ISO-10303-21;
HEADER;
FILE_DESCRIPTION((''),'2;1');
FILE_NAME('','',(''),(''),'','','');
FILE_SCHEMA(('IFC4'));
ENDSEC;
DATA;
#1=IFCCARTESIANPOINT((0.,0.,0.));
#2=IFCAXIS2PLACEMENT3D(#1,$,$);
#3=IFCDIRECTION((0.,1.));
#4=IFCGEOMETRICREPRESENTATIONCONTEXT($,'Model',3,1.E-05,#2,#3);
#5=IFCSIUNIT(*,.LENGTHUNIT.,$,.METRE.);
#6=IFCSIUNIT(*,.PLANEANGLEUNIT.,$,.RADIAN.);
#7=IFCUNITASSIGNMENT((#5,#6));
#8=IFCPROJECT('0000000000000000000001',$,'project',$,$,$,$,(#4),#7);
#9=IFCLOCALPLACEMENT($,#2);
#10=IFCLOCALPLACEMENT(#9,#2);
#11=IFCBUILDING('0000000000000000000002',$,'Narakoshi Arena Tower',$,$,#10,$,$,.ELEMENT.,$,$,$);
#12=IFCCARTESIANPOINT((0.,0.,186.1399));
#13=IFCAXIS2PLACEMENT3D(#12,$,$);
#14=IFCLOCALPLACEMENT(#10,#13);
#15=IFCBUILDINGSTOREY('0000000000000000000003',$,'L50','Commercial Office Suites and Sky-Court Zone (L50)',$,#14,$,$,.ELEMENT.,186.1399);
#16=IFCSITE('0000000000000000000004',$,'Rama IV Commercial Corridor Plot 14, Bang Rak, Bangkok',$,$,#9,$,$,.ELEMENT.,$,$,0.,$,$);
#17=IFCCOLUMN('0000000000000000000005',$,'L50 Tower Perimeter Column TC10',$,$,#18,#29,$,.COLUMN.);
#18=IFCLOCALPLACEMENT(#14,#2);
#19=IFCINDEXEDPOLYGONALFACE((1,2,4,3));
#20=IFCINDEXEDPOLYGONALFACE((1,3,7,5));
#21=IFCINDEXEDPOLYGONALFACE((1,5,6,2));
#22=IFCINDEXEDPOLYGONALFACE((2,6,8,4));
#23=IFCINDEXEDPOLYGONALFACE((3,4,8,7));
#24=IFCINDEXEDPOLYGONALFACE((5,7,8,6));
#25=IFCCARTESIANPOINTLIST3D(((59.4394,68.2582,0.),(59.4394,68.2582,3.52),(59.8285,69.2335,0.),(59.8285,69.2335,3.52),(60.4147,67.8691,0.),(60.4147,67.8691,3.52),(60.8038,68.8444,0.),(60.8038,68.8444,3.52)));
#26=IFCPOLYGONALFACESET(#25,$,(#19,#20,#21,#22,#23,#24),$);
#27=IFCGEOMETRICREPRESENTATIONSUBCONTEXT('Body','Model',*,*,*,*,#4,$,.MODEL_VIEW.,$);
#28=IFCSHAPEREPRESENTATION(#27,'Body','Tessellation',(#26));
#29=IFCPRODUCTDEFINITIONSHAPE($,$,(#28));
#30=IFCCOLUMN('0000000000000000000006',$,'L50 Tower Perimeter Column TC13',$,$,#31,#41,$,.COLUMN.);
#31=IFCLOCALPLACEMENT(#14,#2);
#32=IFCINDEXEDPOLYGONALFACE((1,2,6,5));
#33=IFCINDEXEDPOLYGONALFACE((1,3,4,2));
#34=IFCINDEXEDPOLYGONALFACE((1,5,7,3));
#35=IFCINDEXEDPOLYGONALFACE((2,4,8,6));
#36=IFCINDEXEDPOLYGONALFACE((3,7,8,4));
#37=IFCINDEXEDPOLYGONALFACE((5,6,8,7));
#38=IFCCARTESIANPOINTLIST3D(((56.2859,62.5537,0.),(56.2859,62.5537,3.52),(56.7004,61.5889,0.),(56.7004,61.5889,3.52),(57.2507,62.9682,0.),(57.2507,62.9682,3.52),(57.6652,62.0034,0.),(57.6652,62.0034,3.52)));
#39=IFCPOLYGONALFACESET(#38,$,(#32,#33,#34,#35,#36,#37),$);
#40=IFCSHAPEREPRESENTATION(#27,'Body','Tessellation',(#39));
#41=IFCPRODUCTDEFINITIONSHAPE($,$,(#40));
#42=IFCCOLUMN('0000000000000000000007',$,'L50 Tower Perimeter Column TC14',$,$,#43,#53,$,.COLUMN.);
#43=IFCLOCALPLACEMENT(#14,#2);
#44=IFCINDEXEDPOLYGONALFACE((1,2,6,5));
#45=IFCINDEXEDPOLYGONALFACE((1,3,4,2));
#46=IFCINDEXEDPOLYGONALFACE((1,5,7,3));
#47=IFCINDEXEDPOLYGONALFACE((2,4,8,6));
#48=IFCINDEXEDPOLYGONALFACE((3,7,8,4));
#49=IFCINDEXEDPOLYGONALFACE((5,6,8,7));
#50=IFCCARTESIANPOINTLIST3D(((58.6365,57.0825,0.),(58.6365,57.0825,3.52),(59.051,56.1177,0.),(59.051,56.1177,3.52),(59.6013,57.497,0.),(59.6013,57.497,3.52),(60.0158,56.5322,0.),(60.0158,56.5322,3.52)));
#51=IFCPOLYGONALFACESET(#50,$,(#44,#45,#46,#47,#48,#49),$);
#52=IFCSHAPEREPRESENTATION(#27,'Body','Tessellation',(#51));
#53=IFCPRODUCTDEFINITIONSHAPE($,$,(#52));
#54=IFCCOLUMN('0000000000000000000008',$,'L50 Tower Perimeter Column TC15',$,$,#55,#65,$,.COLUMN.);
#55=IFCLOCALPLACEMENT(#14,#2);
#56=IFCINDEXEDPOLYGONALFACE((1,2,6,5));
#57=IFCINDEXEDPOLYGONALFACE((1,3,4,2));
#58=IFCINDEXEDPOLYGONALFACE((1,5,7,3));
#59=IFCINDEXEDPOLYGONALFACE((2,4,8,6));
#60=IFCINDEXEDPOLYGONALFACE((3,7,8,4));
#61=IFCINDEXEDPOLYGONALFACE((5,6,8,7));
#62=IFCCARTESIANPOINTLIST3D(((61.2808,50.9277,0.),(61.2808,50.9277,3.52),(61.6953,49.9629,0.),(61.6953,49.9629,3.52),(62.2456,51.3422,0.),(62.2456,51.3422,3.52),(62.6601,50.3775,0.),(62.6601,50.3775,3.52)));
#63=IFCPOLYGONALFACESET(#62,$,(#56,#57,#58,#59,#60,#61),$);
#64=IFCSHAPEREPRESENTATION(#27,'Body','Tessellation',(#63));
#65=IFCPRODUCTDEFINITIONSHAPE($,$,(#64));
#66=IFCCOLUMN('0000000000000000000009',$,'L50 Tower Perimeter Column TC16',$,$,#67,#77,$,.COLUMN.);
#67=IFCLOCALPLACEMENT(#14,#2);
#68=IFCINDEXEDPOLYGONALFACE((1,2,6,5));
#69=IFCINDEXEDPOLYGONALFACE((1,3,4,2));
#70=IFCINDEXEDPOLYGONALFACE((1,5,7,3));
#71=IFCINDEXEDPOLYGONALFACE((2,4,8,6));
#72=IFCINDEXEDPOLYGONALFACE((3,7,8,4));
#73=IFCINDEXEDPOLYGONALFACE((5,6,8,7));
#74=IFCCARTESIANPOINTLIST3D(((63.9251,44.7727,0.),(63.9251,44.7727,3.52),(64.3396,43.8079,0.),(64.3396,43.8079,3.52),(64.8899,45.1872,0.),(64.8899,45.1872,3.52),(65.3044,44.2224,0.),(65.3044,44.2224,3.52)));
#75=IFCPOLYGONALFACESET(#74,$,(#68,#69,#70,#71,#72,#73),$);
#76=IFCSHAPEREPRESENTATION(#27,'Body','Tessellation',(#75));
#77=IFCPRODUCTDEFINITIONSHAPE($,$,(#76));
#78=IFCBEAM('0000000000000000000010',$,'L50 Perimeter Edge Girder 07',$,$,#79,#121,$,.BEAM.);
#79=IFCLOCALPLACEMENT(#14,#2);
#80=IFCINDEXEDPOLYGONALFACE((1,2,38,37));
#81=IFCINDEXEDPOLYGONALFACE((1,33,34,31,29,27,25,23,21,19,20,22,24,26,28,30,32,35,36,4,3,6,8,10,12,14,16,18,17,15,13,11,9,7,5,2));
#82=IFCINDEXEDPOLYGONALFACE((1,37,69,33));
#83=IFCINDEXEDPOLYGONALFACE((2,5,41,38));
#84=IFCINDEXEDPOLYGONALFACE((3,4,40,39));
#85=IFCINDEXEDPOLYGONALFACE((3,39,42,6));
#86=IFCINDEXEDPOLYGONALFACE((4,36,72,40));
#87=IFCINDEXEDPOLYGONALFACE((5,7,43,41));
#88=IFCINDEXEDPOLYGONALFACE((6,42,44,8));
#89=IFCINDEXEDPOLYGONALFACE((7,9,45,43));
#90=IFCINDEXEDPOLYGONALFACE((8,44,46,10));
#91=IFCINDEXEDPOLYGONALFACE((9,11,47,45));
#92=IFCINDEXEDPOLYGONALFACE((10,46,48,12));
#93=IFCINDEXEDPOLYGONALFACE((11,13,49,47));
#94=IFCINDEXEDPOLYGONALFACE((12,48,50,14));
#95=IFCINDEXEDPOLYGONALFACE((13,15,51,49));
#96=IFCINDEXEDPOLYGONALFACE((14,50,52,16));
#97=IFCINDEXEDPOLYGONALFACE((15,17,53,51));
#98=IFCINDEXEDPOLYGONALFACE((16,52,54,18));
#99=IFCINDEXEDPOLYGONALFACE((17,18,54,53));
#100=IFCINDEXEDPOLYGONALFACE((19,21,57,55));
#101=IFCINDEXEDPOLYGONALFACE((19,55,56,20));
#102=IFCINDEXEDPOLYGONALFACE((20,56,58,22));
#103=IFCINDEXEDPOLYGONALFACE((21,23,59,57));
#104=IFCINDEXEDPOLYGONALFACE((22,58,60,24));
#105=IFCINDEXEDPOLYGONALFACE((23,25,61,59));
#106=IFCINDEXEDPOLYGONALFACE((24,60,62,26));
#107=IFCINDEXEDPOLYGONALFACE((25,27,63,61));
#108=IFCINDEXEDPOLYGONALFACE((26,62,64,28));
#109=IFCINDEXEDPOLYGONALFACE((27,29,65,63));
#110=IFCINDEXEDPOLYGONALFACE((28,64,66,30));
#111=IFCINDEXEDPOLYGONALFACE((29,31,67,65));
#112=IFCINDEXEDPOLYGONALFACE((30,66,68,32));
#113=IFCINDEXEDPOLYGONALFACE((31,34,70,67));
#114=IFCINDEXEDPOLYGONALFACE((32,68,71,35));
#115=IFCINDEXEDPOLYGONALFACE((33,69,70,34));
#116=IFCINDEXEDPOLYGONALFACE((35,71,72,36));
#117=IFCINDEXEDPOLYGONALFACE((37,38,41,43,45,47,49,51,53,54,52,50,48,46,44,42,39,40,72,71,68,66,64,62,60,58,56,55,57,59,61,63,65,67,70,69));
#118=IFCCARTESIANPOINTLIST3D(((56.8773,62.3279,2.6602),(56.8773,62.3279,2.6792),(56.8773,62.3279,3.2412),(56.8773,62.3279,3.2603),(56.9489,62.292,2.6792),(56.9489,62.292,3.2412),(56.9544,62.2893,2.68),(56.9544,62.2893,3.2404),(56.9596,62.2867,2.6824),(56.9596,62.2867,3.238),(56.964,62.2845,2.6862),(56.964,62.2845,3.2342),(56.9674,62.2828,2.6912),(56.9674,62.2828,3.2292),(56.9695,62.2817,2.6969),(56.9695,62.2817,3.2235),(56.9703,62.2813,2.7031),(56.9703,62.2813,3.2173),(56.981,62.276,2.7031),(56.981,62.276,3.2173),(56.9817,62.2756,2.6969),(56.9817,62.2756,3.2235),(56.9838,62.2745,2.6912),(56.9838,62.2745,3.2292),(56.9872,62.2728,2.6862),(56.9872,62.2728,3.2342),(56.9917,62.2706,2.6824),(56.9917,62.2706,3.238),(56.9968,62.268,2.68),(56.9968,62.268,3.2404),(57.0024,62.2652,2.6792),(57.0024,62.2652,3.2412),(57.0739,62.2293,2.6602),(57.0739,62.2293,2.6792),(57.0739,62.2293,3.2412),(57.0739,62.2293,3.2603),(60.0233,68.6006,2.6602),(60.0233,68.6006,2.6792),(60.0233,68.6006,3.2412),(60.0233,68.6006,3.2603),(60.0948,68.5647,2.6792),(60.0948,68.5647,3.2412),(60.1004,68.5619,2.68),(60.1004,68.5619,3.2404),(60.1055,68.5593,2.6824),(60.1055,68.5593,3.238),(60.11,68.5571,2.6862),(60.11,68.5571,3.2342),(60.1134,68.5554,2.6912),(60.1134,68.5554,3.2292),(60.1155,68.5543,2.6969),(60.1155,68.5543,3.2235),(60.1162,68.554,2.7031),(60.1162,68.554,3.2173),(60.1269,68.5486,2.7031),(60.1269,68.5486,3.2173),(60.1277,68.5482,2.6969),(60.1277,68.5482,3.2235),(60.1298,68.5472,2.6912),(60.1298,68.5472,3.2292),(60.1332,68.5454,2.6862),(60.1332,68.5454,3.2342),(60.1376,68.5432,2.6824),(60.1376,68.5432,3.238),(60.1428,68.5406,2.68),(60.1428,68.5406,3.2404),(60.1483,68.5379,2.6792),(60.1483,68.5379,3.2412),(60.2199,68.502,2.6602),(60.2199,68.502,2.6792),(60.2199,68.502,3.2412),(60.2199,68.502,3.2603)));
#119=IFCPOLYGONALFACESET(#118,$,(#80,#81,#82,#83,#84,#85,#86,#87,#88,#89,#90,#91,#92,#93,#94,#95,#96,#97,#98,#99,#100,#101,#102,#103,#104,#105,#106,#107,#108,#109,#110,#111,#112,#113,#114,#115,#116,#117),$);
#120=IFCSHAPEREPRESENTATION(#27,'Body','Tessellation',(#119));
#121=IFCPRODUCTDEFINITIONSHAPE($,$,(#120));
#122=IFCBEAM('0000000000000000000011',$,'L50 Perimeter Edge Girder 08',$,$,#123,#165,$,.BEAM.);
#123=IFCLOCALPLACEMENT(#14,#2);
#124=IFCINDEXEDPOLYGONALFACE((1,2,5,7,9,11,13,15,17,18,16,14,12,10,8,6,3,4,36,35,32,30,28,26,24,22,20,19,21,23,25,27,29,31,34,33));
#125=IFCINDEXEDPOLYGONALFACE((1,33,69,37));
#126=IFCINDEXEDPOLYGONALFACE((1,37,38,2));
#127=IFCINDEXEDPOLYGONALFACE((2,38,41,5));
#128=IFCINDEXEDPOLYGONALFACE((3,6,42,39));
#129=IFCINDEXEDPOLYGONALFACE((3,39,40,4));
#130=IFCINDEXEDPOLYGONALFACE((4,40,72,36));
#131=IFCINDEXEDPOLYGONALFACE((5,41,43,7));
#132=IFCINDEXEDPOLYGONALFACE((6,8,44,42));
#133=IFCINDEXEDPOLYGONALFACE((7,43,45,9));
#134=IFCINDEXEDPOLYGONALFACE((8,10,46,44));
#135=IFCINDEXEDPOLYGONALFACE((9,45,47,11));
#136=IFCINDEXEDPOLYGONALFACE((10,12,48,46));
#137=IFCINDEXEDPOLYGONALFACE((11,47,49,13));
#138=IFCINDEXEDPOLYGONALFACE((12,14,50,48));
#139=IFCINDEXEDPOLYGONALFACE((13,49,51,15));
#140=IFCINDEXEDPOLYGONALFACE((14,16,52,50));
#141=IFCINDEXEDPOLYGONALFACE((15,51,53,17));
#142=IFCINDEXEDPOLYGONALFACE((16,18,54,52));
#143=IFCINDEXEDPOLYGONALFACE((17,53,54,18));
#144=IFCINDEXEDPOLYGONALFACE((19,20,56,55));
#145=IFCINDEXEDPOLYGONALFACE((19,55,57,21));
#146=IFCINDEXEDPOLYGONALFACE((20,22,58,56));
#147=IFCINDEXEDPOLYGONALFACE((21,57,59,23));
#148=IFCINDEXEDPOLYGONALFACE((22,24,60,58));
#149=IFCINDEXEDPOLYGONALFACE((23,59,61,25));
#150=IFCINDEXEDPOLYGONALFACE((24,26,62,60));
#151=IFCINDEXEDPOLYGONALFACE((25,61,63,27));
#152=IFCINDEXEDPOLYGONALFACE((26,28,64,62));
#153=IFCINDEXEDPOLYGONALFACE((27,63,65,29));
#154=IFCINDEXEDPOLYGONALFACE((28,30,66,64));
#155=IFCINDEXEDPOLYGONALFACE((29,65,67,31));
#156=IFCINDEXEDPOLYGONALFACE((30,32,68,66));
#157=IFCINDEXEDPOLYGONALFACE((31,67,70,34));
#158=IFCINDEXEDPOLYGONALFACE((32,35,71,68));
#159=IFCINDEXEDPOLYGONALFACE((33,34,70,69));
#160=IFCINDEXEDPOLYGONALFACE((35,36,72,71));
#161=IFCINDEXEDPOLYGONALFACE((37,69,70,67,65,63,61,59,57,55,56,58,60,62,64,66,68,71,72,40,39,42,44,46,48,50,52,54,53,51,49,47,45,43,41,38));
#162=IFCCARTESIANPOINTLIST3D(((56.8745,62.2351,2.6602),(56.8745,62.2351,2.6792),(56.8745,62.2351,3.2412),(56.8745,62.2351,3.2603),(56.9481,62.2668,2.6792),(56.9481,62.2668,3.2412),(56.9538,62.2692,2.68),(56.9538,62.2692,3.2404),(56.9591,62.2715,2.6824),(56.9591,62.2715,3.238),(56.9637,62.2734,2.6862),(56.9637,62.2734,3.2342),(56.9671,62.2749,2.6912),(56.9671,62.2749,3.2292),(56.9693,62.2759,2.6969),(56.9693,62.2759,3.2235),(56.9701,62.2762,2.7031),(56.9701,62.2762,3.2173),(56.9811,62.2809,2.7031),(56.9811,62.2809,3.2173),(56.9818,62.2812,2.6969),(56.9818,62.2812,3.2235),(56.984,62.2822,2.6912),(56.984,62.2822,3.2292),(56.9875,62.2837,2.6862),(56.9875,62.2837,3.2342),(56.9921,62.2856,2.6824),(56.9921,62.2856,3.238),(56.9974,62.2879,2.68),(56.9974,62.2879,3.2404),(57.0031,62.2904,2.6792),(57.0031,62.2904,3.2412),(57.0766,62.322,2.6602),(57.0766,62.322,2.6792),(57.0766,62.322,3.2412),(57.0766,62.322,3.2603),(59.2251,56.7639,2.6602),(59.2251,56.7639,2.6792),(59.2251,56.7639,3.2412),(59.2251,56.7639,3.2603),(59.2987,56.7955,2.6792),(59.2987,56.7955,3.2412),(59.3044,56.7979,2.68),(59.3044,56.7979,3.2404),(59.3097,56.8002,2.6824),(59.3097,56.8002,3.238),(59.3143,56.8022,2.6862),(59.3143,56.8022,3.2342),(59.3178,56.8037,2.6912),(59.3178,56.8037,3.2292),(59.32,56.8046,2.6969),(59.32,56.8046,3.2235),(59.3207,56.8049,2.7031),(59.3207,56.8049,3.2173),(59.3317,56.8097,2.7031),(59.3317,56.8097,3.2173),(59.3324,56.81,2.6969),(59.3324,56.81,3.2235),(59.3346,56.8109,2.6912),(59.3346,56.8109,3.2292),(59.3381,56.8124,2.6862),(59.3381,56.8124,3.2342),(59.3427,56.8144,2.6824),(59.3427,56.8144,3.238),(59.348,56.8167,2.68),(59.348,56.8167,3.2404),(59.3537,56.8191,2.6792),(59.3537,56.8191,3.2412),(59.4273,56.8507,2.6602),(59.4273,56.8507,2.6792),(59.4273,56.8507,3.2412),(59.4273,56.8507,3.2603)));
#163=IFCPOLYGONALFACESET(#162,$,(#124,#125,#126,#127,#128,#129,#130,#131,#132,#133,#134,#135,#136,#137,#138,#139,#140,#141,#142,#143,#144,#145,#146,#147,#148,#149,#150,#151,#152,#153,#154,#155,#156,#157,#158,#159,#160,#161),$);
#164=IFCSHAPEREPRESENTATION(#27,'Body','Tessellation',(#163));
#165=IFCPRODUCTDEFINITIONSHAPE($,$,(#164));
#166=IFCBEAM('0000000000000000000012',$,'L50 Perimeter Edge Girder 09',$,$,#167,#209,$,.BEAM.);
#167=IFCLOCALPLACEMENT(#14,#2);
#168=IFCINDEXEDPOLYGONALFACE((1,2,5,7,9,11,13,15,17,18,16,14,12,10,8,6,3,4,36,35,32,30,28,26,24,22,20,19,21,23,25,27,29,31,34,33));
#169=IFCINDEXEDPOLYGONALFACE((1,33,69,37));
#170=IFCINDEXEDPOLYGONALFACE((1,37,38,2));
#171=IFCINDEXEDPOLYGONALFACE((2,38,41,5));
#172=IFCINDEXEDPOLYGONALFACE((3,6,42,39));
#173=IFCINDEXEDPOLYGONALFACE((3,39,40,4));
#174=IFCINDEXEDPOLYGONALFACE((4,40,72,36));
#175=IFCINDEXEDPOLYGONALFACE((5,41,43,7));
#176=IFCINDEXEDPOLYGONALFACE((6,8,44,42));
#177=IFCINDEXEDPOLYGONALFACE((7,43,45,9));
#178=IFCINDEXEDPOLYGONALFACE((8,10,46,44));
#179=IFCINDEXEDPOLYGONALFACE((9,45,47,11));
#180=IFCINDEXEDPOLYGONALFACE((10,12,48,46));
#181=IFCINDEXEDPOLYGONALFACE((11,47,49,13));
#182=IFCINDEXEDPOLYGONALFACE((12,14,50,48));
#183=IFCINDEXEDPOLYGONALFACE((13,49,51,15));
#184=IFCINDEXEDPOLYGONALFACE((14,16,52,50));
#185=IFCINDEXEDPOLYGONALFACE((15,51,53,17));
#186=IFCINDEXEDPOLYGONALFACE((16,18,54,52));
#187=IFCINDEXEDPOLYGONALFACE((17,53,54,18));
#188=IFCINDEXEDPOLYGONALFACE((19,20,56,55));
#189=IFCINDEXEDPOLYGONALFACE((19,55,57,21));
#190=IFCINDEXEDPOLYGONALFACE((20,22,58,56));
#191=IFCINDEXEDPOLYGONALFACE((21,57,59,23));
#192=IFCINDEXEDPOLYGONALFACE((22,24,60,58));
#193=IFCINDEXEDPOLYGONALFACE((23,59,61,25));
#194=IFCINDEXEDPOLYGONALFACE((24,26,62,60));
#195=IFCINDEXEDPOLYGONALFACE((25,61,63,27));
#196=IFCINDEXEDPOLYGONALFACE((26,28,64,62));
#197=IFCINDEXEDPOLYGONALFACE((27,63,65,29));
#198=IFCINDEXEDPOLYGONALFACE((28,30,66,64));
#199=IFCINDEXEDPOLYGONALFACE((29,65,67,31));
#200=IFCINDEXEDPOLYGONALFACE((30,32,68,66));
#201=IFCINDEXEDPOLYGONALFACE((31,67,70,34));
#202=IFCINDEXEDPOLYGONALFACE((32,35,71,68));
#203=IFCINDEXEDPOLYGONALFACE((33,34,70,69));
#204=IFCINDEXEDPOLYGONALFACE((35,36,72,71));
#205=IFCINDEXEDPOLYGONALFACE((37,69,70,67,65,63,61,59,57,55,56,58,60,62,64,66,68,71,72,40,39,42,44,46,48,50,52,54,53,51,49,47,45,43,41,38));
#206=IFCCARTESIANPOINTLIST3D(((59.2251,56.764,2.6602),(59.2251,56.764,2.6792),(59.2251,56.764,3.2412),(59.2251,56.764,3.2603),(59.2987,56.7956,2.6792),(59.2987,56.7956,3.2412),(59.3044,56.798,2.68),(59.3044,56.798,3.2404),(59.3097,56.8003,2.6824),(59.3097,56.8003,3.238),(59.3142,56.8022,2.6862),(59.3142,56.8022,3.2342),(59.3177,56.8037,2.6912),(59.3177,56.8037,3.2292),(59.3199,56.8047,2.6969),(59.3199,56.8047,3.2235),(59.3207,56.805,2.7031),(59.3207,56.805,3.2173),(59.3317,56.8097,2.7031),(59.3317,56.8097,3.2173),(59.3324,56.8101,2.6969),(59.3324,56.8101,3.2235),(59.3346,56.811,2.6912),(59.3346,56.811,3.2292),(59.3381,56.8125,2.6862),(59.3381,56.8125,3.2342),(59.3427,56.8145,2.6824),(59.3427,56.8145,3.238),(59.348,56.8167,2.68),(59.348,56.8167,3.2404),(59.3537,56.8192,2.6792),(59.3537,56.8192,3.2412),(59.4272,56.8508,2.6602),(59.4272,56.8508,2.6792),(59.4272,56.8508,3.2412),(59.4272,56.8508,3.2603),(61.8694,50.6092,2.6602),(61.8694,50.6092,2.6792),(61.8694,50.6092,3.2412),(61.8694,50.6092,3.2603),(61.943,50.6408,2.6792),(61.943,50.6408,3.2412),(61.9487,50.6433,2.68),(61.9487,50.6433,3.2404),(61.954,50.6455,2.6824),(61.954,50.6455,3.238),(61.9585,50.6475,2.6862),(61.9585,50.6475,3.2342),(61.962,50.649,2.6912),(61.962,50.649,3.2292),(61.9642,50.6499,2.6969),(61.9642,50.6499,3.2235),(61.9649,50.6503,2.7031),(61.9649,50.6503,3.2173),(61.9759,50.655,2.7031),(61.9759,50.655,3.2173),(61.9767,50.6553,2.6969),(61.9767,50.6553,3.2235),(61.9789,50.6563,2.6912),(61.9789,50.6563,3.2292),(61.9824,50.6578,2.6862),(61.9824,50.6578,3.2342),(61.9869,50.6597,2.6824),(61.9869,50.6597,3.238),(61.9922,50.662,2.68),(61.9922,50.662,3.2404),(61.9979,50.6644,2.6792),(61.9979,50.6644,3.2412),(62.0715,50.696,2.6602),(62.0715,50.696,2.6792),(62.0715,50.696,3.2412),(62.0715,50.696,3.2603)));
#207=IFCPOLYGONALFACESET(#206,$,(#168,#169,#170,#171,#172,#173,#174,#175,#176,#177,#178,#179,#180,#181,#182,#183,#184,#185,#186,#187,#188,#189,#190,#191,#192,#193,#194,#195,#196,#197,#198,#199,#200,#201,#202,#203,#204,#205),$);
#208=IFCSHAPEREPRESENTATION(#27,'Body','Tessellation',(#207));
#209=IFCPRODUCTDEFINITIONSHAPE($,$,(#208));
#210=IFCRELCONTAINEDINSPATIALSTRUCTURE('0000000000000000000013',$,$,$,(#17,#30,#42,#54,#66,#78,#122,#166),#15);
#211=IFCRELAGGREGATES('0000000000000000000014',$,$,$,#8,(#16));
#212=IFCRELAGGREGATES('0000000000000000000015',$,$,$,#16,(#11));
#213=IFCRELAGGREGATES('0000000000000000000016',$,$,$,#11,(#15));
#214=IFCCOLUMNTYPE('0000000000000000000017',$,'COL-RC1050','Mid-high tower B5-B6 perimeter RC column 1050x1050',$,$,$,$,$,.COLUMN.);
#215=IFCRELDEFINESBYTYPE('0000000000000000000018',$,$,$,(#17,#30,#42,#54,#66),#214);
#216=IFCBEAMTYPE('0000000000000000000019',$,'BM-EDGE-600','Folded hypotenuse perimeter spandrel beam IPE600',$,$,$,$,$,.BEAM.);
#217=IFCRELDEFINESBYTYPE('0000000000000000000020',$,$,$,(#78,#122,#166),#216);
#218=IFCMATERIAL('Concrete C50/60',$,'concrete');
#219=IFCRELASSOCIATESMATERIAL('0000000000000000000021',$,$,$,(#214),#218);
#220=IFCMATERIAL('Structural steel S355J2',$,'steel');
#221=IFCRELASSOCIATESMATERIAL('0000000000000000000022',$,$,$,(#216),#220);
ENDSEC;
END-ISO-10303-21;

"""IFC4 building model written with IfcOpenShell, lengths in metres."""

from ifc_helpers import new_model, si_unit, direction, frame, origin, origin_2d, place, context, subcontext, project, spatial, rectangle, i_section, extrude, material, material_profile, profile_set, type_object, element, save


model = new_model("IFC4")

# Units and contexts
model_context = context("Model", 3, precision=1e-05, world=origin(), true_north=direction((0.0, 1.0)))
body_context = subcontext(model_context, "Body", "Model", "MODEL_VIEW")
ifc_project = project(units=[si_unit("LENGTHUNIT", "METRE"), si_unit("PLANEANGLEUNIT", "RADIAN")], contexts=[model_context])

# Site, building, storey
site_placement = place(None, origin())
site = spatial("IfcSite", under=ifc_project, at=site_placement, Name="Rama IV Commercial Corridor Plot 14, Bang Rak, Bangkok", CompositionType="ELEMENT", RefElevation=0.0)
building_placement = place(site_placement, origin())
building = spatial("IfcBuilding", under=site, at=building_placement, Name="Narakoshi Arena Tower", CompositionType="ELEMENT")
storey_placement = place(building_placement, frame((0.0, 0.0, 186.1399)))
storey = spatial("IfcBuildingStorey", under=building, at=storey_placement, Name="L50", Description="Commercial Office Suites and Sky-Court Zone (L50)", CompositionType="ELEMENT", Elevation=186.1399)

# Columns
ifc_material_1 = material(Name="Concrete C50/60", Category="concrete")
ifc_material_profile_1 = material_profile(ifc_material_1, rectangle(XDim=1.05, YDim=1.05, at=origin_2d()), Name="RC1050x1050")
ifc_profile_set_1 = profile_set([ifc_material_profile_1], Name="Concrete C50/60")
column_type = type_object("IfcColumnType", Name="COL-RC1050", Description="Mid-high tower B5-B6 perimeter RC column 1050x1050", PredefinedType="COLUMN", material=ifc_profile_set_1)
for number, where, z_axis, x_axis, name in (
    (1, (60.1216, 68.5513, 0.0), (0.0, 0.0, 1.0), (0.370557, 0.92881, 0.0), "L50 Tower Perimeter Column TC10"),
    (2, (56.9756, 62.2786, 0.0), (0.0, 0.0, 1.0), (-0.394744, 0.918791, 0.0), "L50 Tower Perimeter Column TC13"),
    (3, (59.3262, 56.8074, 0.0), (0.0, 0.0, 1.0), (-0.394744, 0.918791, 0.0), "L50 Tower Perimeter Column TC14"),
    (4, (61.9705, 50.6526, 0.0), (0.0, 0.0, 1.0), (-0.394744, 0.918791, 0.0), "L50 Tower Perimeter Column TC15"),
    (5, (64.6147, 44.4976, 0.0), (0.0, 0.0, 1.0), (-0.394744, 0.918791, 0.0), "L50 Tower Perimeter Column TC16"),
):
    element("IfcColumn", number, at=place(storey_placement, frame(where, z_axis=z_axis, x_axis=x_axis)), inside=storey, type_object=column_type, Name=name, PredefinedType="COLUMN", context=body_context, shape_type="SweptSolid", body=[
        extrude(rectangle(XDim=1.05, YDim=1.05, at=origin_2d()), origin(), (0.0, 0.0, 1.0), 3.52),
    ])

# Beams
ifc_material_2 = material(Name="Structural steel S355J2", Category="steel")
ifc_material_profile_2 = material_profile(ifc_material_2, i_section(OverallWidth=0.22, OverallDepth=0.6001, WebThickness=0.012, FlangeThickness=0.019, FilletRadius=0.0239, at=origin_2d()), Name="IPE600")
ifc_profile_set_2 = profile_set([ifc_material_profile_2], Name="Structural steel S355J2")
beam_type_1 = type_object("IfcBeamType", Name="BM-EDGE-600", Description="Folded hypotenuse perimeter spandrel beam IPE600", PredefinedType="BEAM", material=ifc_profile_set_2)
beam_1_placement = place(storey_placement, frame((60.1216, 68.5513, 2.9602), z_axis=(-0.448313, -0.893877, 0.0), x_axis=(0.893877, -0.448313, 0.0)))
element("IfcBeam", 6, at=beam_1_placement, inside=storey, type_object=beam_type_1, Name="L50 Perimeter Edge Girder 07", PredefinedType="BEAM", context=body_context, shape_type="SweptSolid", body=[
    extrude(i_section(OverallWidth=0.22, OverallDepth=0.6001, WebThickness=0.012, FlangeThickness=0.019, FilletRadius=0.0239, at=origin_2d()), origin(), (0.0, 0.0, 1.0), 7.0173),
])
beam_2_placement = place(storey_placement, frame((56.9756, 62.2786, 2.9602), z_axis=(0.394741, -0.918793, 0.0), x_axis=(0.918793, 0.394741, 0.0)))
element("IfcBeam", 7, at=beam_2_placement, inside=storey, type_object=beam_type_1, Name="L50 Perimeter Edge Girder 08", PredefinedType="BEAM", context=body_context, shape_type="SweptSolid", body=[
    extrude(i_section(OverallWidth=0.22, OverallDepth=0.6001, WebThickness=0.012, FlangeThickness=0.019, FilletRadius=0.0239, at=origin_2d()), origin(), (0.0, 0.0, 1.0), 5.9548),
])
beam_3_placement = place(storey_placement, frame((59.3262, 56.8074, 2.9602), z_axis=(0.394742, -0.918792, 0.0), x_axis=(0.918792, 0.394742, 0.0)))
element("IfcBeam", 8, at=beam_3_placement, inside=storey, type_object=beam_type_1, Name="L50 Perimeter Edge Girder 09", PredefinedType="BEAM", context=body_context, shape_type="SweptSolid", body=[
    extrude(i_section(OverallWidth=0.22, OverallDepth=0.6001, WebThickness=0.012, FlangeThickness=0.019, FilletRadius=0.0239, at=origin_2d()), origin(), (0.0, 0.0, 1.0), 6.6987),
])

save(model, "model.ifc")
